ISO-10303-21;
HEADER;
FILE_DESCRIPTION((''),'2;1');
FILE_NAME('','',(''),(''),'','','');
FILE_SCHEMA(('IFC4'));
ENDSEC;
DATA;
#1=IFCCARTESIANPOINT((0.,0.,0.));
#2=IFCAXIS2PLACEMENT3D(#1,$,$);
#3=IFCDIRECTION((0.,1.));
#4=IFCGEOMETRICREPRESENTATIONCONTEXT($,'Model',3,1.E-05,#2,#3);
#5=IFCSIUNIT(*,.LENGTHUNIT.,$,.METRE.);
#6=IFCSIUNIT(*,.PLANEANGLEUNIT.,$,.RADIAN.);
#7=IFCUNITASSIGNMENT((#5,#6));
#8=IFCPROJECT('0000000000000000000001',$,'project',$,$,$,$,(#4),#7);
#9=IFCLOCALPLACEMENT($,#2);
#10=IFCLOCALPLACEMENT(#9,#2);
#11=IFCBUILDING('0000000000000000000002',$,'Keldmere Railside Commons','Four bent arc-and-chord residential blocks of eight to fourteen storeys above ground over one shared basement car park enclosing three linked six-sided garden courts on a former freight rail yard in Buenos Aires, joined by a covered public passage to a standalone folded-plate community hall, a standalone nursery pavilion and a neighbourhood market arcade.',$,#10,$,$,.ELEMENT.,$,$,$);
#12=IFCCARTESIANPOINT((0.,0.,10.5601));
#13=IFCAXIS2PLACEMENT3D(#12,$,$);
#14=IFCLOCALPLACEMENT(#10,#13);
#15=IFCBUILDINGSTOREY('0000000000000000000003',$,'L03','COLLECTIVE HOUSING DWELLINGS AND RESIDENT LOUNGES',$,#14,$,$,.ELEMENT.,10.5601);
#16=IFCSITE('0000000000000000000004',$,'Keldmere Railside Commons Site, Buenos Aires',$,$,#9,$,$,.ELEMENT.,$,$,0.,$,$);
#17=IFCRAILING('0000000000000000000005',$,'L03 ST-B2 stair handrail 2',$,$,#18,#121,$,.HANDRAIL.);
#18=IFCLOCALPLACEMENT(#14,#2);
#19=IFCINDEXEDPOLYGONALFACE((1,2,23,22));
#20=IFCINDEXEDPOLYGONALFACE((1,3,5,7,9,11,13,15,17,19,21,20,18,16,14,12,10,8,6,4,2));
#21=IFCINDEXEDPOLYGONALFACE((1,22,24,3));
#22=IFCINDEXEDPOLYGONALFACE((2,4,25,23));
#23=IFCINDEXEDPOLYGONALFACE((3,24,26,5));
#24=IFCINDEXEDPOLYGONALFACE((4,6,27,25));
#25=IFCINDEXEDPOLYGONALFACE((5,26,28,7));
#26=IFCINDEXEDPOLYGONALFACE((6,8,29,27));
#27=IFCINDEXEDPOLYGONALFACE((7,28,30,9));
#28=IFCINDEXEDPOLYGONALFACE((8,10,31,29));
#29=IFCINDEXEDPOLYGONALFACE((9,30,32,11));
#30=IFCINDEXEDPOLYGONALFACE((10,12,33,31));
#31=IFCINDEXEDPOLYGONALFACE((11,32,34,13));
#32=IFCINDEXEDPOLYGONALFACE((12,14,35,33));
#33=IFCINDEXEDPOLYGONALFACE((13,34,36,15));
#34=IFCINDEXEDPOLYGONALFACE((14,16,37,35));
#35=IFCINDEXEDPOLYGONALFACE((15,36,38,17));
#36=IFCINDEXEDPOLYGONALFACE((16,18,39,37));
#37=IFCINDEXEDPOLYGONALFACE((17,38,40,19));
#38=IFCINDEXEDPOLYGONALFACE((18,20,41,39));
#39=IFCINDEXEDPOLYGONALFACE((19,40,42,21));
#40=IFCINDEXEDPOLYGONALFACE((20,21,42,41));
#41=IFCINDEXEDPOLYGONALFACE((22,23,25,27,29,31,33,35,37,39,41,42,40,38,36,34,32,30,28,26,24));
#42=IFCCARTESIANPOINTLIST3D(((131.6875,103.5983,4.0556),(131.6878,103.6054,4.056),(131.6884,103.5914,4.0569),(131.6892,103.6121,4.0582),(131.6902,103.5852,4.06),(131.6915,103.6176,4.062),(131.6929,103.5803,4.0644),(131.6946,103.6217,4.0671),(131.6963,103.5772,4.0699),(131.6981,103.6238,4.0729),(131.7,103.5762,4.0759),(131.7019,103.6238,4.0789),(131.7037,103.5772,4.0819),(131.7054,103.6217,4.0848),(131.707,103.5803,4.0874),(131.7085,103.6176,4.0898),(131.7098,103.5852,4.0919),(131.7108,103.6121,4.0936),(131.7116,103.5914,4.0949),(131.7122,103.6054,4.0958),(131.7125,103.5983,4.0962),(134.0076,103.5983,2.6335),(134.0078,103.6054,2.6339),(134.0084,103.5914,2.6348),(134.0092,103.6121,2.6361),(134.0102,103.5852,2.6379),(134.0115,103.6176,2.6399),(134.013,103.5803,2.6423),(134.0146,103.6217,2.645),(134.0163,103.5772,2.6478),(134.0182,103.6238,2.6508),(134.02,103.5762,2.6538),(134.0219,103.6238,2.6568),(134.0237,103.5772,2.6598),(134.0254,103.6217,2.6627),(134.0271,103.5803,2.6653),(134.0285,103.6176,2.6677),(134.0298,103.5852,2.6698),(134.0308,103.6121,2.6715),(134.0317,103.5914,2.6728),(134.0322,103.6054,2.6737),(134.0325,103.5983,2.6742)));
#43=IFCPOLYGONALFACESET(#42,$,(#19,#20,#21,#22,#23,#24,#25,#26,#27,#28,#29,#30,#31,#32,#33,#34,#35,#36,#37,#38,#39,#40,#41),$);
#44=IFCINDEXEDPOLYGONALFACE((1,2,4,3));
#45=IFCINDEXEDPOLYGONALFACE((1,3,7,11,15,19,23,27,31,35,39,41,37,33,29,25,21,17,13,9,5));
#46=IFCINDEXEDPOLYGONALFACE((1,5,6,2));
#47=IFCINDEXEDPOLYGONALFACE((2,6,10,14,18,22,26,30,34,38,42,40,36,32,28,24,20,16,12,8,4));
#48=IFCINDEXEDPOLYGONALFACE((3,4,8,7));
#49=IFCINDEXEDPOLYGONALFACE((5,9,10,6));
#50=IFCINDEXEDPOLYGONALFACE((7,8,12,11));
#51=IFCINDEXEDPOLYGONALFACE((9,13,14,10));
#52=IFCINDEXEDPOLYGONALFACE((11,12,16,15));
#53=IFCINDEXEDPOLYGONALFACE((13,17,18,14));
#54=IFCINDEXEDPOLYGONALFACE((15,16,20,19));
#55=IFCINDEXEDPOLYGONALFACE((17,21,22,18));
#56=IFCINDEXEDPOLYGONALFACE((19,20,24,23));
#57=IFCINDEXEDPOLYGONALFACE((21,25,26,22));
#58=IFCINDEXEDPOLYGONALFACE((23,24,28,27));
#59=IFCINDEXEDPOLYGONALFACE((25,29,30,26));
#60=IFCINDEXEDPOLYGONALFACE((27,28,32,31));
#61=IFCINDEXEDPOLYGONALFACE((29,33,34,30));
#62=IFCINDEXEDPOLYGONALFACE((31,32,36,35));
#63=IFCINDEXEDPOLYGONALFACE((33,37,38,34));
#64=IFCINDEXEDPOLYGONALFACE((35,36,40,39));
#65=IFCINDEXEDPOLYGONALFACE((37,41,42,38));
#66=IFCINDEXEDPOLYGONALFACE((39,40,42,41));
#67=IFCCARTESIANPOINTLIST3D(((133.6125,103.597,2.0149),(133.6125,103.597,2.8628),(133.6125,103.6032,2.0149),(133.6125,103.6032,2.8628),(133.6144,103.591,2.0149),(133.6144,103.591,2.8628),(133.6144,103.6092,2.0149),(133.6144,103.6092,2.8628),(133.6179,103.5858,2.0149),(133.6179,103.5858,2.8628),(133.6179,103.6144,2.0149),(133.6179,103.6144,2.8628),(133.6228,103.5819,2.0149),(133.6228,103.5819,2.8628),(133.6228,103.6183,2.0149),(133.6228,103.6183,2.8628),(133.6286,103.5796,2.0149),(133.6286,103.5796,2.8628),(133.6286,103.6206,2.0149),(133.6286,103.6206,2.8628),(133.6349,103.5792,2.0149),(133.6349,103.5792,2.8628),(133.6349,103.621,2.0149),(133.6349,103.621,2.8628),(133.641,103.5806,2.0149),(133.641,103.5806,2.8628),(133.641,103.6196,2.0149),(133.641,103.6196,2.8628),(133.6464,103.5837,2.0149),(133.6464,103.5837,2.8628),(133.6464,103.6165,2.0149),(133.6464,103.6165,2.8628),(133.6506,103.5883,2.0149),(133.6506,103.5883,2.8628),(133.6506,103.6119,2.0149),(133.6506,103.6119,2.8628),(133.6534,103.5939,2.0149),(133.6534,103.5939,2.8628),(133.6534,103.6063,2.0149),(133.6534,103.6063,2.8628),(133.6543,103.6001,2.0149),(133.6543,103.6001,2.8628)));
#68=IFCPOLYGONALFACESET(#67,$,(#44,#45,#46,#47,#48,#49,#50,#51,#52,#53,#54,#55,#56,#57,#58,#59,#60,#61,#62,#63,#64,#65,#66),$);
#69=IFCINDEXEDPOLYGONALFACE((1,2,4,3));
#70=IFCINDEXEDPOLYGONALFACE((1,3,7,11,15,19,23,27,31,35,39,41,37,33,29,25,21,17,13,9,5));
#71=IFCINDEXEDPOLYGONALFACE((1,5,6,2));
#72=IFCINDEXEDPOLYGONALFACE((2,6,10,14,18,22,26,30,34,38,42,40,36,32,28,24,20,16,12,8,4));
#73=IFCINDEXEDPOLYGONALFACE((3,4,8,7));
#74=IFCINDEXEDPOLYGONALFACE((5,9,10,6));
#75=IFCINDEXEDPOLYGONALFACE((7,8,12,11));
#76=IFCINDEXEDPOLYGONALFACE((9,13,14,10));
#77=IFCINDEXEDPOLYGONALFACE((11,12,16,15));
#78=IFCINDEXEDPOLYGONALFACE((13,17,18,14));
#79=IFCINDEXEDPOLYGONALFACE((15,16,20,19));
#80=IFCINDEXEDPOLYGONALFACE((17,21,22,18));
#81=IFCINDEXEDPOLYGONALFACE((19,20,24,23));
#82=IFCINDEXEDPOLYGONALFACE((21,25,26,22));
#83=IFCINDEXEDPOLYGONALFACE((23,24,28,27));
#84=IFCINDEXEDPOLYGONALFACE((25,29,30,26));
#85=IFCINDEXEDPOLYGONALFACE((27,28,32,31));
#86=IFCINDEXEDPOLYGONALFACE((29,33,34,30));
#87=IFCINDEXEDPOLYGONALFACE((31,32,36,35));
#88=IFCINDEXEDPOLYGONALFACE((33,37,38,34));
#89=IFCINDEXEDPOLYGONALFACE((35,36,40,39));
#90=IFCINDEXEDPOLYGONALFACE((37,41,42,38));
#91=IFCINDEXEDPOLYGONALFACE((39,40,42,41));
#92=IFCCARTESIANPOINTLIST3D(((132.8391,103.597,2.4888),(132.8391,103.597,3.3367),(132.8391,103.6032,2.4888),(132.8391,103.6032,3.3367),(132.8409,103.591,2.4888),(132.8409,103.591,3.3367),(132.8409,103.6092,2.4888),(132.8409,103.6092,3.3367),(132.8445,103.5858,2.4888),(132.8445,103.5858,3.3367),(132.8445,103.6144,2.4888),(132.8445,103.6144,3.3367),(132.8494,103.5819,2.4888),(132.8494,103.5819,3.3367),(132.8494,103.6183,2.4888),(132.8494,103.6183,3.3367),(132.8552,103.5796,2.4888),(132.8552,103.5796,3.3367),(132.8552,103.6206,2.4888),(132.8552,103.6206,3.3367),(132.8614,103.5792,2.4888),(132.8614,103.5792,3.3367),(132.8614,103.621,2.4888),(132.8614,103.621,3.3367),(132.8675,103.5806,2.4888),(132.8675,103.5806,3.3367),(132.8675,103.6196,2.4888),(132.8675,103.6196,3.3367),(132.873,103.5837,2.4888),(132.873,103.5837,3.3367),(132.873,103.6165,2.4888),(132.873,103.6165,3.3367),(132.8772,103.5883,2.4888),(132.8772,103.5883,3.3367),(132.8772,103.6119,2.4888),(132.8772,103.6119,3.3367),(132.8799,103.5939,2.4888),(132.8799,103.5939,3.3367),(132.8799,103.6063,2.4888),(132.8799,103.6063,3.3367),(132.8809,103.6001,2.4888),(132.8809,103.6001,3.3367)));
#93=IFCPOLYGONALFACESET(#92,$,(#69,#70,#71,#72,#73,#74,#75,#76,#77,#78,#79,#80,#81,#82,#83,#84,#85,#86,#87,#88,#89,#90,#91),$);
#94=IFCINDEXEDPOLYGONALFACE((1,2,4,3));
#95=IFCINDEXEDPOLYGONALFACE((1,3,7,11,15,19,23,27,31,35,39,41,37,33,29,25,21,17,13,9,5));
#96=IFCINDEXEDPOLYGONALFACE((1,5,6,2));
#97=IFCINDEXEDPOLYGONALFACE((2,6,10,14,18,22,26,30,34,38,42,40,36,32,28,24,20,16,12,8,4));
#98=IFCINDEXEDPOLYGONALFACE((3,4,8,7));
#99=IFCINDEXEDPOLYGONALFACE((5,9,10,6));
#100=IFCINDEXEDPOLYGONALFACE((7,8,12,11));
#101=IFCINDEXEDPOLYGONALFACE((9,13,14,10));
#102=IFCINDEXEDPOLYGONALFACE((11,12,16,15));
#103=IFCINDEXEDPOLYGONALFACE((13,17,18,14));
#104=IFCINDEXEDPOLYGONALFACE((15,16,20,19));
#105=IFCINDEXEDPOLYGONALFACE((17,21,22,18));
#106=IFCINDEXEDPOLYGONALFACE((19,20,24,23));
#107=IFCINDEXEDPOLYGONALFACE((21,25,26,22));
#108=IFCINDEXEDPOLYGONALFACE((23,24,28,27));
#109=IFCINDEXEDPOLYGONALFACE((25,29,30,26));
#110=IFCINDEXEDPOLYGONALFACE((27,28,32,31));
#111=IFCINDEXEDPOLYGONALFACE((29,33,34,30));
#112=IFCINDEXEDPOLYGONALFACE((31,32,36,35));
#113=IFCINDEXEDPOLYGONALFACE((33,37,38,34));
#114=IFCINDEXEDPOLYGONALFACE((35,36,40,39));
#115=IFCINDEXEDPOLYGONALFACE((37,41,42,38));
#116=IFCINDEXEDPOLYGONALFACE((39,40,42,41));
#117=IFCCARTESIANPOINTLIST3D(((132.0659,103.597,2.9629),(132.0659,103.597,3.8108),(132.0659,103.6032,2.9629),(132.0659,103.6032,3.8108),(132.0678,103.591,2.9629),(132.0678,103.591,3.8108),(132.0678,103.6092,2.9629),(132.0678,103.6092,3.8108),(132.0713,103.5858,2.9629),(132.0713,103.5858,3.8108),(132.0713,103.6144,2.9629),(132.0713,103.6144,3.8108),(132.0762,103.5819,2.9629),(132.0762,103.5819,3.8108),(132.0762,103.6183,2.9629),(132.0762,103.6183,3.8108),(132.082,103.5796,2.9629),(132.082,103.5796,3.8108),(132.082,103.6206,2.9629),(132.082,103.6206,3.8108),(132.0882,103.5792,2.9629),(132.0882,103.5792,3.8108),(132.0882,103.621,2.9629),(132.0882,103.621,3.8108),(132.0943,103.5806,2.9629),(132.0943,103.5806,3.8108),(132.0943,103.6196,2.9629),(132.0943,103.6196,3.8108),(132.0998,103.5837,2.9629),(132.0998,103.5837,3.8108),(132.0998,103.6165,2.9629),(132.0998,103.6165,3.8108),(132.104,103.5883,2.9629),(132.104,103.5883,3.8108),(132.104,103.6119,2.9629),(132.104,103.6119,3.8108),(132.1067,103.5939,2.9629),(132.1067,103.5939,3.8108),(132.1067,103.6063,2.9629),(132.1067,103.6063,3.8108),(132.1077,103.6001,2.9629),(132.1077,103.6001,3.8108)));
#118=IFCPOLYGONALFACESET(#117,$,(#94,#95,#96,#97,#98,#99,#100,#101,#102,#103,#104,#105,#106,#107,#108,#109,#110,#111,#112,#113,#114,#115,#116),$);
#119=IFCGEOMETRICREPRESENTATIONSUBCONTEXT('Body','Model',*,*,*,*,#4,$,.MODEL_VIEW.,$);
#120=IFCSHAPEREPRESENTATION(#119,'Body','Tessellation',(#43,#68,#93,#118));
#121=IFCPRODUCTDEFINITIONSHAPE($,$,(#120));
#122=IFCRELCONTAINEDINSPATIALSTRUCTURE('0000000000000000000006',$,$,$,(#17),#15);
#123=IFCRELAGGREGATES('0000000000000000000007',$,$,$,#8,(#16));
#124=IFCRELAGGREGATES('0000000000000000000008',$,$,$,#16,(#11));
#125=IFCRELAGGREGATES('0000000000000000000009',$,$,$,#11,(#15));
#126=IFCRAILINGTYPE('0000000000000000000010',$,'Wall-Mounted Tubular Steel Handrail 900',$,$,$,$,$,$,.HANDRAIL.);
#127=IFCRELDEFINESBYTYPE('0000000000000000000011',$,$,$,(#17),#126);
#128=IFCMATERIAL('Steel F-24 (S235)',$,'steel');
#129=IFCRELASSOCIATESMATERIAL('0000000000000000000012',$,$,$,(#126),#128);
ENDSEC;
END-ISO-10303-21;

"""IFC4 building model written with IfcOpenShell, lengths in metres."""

from ifc_helpers import new_model, si_unit, direction, frame, origin, origin_2d, place, context, subcontext, project, spatial, circle, extrude, material, type_object, element, save


model = new_model("IFC4")

# Units and contexts
model_context = context("Model", 3, precision=1e-05, world=origin(), true_north=direction((0.0, 1.0)))
body_context = subcontext(model_context, "Body", "Model", "MODEL_VIEW")
ifc_project = project(units=[si_unit("LENGTHUNIT", "METRE"), si_unit("PLANEANGLEUNIT", "RADIAN")], contexts=[model_context])

# Site, building, storey
site_placement = place(None, origin())
site = spatial("IfcSite", under=ifc_project, at=site_placement, Name="Keldmere Railside Commons Site, Buenos Aires", CompositionType="ELEMENT", RefElevation=0.0)
building_placement = place(site_placement, origin())
building = spatial("IfcBuilding", under=site, at=building_placement, Name="Keldmere Railside Commons", Description="Four bent arc-and-chord residential blocks of eight to fourteen storeys above ground over one shared basement car park enclosing three linked six-sided garden courts on a former freight rail yard in Buenos Aires, joined by a covered public passage to a standalone folded-plate community hall, a standalone nursery pavilion and a neighbourhood market arcade.", CompositionType="ELEMENT")
storey_placement = place(building_placement, frame((0.0, 0.0, 10.5601)))
storey = spatial("IfcBuildingStorey", under=building, at=storey_placement, Name="L03", Description="COLLECTIVE HOUSING DWELLINGS AND RESIDENT LOUNGES", CompositionType="ELEMENT", Elevation=10.5601)

# Shared definitions
ifc_material_1 = material(Name="Steel F-24 (S235)", Category="steel")

# Railing
railing_type_1 = type_object("IfcRailingType", Name="Wall-Mounted Tubular Steel Handrail 900", PredefinedType="HANDRAIL", material=ifc_material_1)
railing_1_placement = place(storey_placement, frame((134.02, 103.6001, 1.7778)))
element("IfcRailing", 1, at=railing_1_placement, inside=storey, type_object=railing_type_1, Name="L03 ST-B2 stair handrail 2", PredefinedType="HANDRAIL", context=body_context, shape_type="SweptSolid", body=[
    extrude(circle(Radius=0.0239, at=origin_2d()), frame((0.0, 0.0, 0.876), z_axis=(-0.852578, 0.0, 0.5226), x_axis=(0.0, -1.0, 0.0)), (0.0, 0.0, 1.0), 2.7212),
    extrude(circle(Radius=0.021, at=origin_2d()), frame((-0.3867, 0.0, 0.2371)), (0.0, 0.0, 1.0), 0.8479),
    extrude(circle(Radius=0.021, at=origin_2d()), frame((-1.1602, 0.0, 0.7109)), (0.0, 0.0, 1.0), 0.8479),
    extrude(circle(Radius=0.021, at=origin_2d()), frame((-1.9333, 0.0, 1.1851)), (0.0, 0.0, 1.0), 0.8479),
])

save(model, "model.ifc")
